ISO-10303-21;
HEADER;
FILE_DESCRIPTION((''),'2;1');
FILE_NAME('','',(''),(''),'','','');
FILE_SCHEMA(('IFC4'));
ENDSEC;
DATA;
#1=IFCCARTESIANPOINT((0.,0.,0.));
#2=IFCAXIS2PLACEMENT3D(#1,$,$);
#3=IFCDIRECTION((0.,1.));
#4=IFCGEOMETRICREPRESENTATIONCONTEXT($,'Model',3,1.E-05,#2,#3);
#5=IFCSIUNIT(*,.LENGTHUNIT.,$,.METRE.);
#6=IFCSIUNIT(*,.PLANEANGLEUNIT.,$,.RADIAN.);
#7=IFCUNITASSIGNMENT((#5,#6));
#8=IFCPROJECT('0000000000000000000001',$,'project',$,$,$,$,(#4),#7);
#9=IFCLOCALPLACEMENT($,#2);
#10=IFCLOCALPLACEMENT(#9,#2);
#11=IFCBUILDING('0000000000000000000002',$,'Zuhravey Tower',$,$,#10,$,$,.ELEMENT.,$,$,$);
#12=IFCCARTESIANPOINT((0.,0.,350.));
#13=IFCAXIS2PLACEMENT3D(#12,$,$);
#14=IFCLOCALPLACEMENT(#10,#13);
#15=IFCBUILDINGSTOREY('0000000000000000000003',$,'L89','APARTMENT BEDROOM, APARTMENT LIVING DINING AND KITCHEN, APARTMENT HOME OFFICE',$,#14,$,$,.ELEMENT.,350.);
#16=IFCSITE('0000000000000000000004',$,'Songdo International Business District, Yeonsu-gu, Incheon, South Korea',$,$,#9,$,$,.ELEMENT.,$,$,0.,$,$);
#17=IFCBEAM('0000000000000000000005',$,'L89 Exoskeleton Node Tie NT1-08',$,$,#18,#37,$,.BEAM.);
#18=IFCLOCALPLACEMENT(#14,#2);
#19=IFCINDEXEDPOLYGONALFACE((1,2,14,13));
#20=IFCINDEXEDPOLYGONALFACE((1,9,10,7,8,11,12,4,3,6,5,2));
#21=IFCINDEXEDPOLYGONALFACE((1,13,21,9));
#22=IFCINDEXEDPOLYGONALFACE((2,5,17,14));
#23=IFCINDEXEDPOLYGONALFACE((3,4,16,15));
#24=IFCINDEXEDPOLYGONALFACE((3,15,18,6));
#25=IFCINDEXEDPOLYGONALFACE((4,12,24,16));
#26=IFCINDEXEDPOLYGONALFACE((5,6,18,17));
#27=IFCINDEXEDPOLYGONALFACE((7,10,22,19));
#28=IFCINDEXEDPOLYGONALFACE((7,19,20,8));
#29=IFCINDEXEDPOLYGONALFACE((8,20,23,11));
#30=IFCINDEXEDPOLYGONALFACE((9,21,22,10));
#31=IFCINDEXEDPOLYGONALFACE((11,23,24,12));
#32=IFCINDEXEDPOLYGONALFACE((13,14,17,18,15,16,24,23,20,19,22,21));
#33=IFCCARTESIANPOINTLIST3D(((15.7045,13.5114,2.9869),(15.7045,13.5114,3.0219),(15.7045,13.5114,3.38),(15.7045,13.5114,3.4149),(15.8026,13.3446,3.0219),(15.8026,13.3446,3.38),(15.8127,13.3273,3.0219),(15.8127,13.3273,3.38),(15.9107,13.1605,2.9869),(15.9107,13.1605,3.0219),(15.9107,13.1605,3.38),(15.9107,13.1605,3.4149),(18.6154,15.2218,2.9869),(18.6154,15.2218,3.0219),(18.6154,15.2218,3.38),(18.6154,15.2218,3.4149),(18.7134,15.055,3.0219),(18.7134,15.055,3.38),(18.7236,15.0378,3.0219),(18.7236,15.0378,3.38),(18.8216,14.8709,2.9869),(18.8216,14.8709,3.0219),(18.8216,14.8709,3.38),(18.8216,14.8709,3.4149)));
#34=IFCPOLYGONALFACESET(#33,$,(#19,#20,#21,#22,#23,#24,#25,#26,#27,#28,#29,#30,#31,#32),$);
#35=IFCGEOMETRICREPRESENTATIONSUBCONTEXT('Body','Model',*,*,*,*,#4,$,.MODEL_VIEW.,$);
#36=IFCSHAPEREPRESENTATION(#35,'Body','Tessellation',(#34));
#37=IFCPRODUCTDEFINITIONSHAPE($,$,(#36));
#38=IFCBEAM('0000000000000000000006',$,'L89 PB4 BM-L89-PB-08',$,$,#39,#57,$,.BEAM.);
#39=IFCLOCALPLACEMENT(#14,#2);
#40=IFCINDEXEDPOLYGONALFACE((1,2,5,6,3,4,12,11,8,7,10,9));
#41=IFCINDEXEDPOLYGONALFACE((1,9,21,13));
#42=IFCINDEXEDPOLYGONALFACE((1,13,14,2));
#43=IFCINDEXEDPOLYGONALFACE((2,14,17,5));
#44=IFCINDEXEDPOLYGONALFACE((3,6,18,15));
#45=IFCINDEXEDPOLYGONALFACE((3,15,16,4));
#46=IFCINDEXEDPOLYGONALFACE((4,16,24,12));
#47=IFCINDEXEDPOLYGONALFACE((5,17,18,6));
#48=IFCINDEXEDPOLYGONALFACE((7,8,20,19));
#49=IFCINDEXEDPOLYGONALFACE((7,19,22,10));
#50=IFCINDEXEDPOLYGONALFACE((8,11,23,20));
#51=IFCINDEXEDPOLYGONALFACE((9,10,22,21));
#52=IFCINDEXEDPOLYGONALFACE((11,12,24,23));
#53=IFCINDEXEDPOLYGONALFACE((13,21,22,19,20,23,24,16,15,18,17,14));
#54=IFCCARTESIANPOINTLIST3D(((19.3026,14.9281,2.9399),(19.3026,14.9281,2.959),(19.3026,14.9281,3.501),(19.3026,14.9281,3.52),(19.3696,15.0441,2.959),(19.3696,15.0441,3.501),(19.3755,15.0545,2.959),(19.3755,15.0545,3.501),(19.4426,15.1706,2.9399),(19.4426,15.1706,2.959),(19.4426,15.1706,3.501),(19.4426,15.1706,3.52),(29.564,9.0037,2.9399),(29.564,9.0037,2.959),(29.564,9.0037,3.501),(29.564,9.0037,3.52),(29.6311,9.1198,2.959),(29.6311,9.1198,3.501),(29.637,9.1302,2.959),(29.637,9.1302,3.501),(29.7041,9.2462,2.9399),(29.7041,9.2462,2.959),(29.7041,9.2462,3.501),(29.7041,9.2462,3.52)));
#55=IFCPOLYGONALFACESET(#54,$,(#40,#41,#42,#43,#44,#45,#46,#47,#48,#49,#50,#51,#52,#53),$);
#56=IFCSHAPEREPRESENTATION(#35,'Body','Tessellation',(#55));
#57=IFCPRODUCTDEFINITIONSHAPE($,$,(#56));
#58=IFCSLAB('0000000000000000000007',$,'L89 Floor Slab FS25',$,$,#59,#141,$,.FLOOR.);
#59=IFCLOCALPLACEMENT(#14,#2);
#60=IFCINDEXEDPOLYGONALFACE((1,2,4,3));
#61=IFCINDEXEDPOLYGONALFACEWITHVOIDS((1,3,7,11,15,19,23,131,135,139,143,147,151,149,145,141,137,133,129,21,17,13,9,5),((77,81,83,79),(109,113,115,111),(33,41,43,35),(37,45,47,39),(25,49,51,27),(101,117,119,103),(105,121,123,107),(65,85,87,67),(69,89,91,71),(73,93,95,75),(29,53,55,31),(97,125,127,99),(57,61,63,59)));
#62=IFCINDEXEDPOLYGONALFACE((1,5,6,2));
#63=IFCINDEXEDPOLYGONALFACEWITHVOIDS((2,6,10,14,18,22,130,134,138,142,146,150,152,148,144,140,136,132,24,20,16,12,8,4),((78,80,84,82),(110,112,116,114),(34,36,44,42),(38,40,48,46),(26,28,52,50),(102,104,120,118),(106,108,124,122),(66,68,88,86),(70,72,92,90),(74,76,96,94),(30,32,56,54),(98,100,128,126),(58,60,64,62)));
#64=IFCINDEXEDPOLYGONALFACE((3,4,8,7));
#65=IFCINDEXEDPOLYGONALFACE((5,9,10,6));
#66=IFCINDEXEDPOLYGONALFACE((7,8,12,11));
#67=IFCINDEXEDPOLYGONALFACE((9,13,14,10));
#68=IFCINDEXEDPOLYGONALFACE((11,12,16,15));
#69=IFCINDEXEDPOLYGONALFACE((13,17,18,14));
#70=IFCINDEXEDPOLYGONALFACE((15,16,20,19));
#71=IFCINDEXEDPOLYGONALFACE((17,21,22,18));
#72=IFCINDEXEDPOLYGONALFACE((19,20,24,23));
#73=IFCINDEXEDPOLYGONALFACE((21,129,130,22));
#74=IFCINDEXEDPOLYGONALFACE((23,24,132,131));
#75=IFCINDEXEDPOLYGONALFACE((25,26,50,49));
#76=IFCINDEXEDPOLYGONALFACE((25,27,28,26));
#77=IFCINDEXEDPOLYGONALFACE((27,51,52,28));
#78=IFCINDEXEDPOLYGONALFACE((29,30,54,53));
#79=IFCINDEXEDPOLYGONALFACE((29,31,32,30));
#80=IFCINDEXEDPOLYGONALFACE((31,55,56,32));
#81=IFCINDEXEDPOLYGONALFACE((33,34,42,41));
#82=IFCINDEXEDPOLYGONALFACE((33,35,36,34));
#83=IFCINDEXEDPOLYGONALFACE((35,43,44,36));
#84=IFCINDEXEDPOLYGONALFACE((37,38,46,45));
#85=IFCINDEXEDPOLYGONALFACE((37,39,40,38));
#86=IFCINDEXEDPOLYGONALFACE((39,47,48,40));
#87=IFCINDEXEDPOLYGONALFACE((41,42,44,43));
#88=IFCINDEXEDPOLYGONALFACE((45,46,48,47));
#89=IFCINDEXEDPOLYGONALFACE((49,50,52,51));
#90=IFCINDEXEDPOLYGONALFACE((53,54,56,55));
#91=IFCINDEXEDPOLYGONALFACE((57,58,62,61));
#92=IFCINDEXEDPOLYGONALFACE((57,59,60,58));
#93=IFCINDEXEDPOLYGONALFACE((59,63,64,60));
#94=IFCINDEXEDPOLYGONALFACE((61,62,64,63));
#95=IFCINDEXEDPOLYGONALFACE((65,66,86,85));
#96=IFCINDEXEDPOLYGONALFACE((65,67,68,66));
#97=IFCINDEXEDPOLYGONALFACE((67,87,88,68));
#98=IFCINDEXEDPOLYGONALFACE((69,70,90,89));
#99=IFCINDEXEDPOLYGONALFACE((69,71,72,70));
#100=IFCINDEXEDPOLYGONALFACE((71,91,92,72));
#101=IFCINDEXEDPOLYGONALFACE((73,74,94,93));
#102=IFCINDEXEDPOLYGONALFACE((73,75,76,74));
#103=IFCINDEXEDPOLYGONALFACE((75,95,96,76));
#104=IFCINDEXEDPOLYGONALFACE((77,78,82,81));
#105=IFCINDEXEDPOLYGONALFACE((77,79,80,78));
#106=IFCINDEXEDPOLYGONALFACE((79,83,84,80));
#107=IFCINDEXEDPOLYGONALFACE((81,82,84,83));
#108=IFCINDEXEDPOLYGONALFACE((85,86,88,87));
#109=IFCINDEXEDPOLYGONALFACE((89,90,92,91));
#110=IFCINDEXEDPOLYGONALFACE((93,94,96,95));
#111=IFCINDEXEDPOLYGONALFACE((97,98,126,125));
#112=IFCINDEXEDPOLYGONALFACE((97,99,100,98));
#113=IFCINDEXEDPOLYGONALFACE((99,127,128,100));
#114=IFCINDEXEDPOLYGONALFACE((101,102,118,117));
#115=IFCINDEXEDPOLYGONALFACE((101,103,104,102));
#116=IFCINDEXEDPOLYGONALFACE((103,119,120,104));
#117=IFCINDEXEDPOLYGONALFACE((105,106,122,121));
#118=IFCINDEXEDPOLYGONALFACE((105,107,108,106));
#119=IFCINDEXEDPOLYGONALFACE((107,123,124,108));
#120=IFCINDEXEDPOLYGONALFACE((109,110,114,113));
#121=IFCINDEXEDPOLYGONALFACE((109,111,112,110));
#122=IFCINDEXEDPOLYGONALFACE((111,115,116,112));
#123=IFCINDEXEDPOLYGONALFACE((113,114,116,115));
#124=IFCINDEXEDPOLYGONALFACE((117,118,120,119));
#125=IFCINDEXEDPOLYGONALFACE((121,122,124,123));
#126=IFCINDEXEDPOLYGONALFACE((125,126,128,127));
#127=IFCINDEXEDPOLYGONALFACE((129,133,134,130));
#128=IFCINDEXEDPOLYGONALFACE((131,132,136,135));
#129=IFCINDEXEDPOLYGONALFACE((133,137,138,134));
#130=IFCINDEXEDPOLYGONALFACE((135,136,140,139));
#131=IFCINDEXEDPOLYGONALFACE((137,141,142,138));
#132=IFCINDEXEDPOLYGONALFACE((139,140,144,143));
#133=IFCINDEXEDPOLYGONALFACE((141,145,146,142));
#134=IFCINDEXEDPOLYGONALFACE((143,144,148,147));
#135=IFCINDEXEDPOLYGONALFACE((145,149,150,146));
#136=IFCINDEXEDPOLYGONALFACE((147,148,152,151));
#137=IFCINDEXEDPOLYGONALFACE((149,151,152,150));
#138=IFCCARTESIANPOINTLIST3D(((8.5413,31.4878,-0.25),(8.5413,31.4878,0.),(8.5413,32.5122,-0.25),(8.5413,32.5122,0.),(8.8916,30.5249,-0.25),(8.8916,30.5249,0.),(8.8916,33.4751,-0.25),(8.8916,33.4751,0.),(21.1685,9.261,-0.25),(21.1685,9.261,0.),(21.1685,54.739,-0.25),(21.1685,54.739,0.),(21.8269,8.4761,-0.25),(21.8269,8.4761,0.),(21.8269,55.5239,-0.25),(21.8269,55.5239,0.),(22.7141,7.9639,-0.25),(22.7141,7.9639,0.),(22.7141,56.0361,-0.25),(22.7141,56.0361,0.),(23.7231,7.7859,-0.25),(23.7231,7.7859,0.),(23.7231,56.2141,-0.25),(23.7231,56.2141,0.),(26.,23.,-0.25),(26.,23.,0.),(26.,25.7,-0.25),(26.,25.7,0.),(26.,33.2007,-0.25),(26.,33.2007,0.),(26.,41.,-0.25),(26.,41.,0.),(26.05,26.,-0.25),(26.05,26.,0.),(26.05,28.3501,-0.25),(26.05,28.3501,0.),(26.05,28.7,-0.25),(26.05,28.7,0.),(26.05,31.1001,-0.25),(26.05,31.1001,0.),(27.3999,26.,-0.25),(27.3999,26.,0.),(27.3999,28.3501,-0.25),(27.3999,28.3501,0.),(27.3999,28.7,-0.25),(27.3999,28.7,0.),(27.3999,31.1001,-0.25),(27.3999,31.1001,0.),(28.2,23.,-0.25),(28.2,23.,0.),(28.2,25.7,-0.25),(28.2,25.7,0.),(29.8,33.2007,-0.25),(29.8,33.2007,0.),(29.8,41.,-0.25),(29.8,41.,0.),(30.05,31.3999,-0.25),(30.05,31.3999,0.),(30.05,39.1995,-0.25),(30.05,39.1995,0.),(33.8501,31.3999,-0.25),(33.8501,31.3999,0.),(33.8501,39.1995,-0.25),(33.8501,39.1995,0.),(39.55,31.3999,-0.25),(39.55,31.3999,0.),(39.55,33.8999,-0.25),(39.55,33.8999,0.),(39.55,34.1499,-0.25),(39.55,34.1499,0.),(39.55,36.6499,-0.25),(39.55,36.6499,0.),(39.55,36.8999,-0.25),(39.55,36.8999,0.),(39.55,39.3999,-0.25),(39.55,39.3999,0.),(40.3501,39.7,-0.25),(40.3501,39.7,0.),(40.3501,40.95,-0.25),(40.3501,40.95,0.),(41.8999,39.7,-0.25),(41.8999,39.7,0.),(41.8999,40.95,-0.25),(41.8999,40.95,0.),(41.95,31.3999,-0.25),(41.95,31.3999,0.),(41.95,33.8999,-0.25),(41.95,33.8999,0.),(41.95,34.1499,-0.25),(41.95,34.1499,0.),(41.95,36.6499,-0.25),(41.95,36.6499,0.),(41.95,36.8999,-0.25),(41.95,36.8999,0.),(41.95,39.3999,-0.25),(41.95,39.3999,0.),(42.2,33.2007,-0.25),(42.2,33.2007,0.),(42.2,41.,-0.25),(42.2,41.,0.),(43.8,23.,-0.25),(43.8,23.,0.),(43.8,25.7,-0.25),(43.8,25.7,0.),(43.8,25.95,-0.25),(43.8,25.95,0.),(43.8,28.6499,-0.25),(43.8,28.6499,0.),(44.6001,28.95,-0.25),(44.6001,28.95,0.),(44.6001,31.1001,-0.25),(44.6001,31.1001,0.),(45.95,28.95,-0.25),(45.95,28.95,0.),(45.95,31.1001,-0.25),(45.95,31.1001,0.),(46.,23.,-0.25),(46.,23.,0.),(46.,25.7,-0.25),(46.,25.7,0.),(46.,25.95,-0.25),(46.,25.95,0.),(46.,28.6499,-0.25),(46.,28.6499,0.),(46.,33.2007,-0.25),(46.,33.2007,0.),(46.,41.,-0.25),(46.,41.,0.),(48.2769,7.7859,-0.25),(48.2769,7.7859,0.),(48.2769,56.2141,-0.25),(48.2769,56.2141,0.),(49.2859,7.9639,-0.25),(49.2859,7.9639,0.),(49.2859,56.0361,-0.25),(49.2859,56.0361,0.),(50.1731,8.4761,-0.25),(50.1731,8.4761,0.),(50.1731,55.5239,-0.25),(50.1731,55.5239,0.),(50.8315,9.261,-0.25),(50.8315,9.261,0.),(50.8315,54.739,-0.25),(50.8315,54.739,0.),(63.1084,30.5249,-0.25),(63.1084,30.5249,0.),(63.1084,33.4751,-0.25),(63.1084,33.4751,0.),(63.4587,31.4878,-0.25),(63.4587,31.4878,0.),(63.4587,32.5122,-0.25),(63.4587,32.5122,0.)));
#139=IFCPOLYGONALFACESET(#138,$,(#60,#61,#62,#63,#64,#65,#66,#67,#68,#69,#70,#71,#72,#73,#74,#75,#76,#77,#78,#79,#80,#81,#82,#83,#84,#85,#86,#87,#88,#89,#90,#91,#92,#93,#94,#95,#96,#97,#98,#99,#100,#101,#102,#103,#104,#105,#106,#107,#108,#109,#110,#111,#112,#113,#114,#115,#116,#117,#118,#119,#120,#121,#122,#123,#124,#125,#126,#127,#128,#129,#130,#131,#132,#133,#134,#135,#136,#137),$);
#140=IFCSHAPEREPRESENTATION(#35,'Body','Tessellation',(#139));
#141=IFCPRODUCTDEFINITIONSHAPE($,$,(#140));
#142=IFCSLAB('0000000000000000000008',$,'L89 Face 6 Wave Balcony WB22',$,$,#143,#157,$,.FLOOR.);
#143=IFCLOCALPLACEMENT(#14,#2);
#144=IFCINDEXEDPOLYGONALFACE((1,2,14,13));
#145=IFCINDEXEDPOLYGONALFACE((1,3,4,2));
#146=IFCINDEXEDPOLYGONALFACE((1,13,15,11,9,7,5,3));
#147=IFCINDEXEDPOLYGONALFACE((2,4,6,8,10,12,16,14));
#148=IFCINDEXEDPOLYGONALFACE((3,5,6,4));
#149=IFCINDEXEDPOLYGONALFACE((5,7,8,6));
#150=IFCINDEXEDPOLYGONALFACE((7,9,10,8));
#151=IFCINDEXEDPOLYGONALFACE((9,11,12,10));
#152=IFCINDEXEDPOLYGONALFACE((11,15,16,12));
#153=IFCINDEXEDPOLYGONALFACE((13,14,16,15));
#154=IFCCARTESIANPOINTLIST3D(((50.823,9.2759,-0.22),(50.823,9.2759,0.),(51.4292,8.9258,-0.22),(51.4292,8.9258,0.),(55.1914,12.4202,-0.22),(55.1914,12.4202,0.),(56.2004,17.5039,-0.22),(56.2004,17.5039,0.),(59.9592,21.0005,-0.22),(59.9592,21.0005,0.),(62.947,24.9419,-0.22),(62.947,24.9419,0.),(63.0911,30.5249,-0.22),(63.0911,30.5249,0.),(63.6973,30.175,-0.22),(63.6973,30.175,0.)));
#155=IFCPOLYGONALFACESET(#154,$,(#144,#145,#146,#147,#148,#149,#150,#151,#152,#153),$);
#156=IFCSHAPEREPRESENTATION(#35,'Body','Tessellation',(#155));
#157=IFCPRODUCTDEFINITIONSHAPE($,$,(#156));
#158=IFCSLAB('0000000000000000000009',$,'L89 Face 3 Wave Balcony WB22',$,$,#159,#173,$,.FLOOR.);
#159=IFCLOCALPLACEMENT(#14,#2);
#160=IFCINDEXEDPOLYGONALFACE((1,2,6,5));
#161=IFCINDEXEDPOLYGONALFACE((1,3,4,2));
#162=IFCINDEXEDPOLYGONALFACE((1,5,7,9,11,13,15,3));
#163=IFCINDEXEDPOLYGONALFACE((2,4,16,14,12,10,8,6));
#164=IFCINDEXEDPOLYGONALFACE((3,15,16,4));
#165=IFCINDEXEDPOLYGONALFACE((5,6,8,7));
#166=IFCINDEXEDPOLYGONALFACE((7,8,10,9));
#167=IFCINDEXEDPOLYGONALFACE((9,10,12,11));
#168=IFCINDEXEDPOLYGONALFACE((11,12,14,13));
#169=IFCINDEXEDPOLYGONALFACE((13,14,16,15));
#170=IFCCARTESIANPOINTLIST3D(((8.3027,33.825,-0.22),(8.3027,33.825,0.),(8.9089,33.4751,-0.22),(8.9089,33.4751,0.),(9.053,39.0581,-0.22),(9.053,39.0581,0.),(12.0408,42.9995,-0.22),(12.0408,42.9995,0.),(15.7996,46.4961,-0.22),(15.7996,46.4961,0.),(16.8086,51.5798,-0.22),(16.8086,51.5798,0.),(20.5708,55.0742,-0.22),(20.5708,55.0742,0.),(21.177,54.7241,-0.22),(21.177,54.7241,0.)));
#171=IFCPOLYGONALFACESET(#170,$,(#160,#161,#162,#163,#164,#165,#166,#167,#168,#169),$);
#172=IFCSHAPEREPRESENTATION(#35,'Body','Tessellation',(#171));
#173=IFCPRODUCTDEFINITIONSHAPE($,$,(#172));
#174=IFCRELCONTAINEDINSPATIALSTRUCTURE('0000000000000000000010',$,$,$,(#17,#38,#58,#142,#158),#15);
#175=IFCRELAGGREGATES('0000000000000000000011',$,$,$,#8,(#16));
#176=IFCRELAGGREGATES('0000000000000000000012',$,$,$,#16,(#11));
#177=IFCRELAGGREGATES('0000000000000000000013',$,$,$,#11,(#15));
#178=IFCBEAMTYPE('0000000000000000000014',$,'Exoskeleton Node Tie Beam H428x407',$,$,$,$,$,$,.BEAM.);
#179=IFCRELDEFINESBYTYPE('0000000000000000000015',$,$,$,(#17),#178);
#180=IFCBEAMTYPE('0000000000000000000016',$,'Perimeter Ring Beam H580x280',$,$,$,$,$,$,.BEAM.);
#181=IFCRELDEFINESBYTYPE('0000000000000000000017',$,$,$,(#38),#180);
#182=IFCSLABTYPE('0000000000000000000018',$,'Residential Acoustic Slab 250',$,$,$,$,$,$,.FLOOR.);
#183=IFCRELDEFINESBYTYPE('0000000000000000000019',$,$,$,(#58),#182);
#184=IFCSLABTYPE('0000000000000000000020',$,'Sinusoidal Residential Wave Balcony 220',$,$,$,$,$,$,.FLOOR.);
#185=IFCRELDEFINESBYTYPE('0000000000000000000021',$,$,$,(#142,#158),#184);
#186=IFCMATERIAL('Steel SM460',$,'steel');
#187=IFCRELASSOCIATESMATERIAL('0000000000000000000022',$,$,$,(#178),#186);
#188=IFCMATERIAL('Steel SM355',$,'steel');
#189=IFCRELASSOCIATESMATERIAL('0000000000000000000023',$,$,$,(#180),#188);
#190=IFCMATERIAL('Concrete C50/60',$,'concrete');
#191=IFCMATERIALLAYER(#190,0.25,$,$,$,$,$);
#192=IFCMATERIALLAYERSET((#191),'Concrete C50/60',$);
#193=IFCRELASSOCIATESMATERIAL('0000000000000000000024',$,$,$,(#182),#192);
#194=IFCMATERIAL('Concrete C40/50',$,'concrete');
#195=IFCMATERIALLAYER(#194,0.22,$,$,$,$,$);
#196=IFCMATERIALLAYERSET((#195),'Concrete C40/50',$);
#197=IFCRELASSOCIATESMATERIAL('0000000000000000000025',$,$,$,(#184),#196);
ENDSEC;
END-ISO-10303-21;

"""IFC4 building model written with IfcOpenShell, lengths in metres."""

from ifc_helpers import new_model, si_unit, direction, frame, origin, origin_2d, place, context, subcontext, project, spatial, polyline, i_section, outline, extrude, material, layer, layer_set, material_profile, profile_set, type_object, element, save


model = new_model("IFC4")

# Units and contexts
model_context = context("Model", 3, precision=1e-05, world=origin(), true_north=direction((0.0, 1.0)))
body_context = subcontext(model_context, "Body", "Model", "MODEL_VIEW")
ifc_project = project(units=[si_unit("LENGTHUNIT", "METRE"), si_unit("PLANEANGLEUNIT", "RADIAN")], contexts=[model_context])

# Site, building, storey
site_placement = place(None, origin())
site = spatial("IfcSite", under=ifc_project, at=site_placement, Name="Songdo International Business District, Yeonsu-gu, Incheon, South Korea", CompositionType="ELEMENT", RefElevation=0.0)
building_placement = place(site_placement, origin())
building = spatial("IfcBuilding", under=site, at=building_placement, Name="Zuhravey Tower", CompositionType="ELEMENT")
storey_placement = place(building_placement, frame((0.0, 0.0, 350.0)))
storey = spatial("IfcBuildingStorey", under=building, at=storey_placement, Name="L89", Description="APARTMENT BEDROOM, APARTMENT LIVING DINING AND KITCHEN, APARTMENT HOME OFFICE", CompositionType="ELEMENT", Elevation=350.0)

# Shared definitions
ifc_material_1 = material(Name="Concrete C50/60", Category="concrete")

# Beams
ifc_material_2 = material(Name="Steel SM460", Category="steel")
ifc_material_profile_1 = material_profile(ifc_material_2, i_section(OverallWidth=0.407, OverallDepth=0.428, WebThickness=0.02, FlangeThickness=0.0349, at=origin_2d()), Name="H-428x407x20x35")
ifc_profile_set_1 = profile_set([ifc_material_profile_1], Name="Steel SM460")
beam_type_1 = type_object("IfcBeamType", Name="Exoskeleton Node Tie Beam H428x407", PredefinedType="BEAM", material=ifc_profile_set_1)
beam_1_placement = place(storey_placement, frame((18.7185, 15.0464, 3.2009), z_axis=(-0.862172, -0.506616, 0.0), x_axis=(0.506616, -0.862172, 0.0)))
element("IfcBeam", 1, at=beam_1_placement, inside=storey, type_object=beam_type_1, Name="L89 Exoskeleton Node Tie NT1-08", PredefinedType="BEAM", context=body_context, shape_type="SweptSolid", body=[
    extrude(i_section(OverallWidth=0.407, OverallDepth=0.428, WebThickness=0.02, FlangeThickness=0.0349, at=origin_2d()), origin(), (0.0, 0.0, 1.0), 3.3762),
])
ifc_material_3 = material(Name="Steel SM355", Category="steel")
ifc_material_profile_2 = material_profile(ifc_material_3, i_section(OverallWidth=0.28, OverallDepth=0.5801, WebThickness=0.012, FlangeThickness=0.019, at=origin_2d()), Name="H-580x280x12x19")
ifc_profile_set_2 = profile_set([ifc_material_profile_2], Name="Steel SM355")
beam_type_2 = type_object("IfcBeamType", Name="Perimeter Ring Beam H580x280", PredefinedType="BEAM", material=ifc_profile_set_2)
beam_2_placement = place(storey_placement, frame((19.3726, 15.0493, 3.23), z_axis=(0.866031, -0.499991, 0.0), x_axis=(0.499991, 0.866031, 0.0)))
element("IfcBeam", 2, at=beam_2_placement, inside=storey, type_object=beam_type_2, Name="L89 PB4 BM-L89-PB-08", PredefinedType="BEAM", context=body_context, shape_type="SweptSolid", body=[
    extrude(i_section(OverallWidth=0.28, OverallDepth=0.5801, WebThickness=0.012, FlangeThickness=0.019, at=origin_2d()), origin(), (0.0, 0.0, 1.0), 11.8489),
])

# Slabs
ifc_layer_1 = layer(ifc_material_1, 0.25)
ifc_layer_set_1 = layer_set([ifc_layer_1], Name="Concrete C50/60")
slab_type_1 = type_object("IfcSlabType", Name="Residential Acoustic Slab 250", PredefinedType="FLOOR", material=ifc_layer_set_1)
slab_1_placement = place(storey_placement, frame((0.0, 0.0, -0.25)))
element("IfcSlab", 3, at=slab_1_placement, inside=storey, type_object=slab_type_1, Name="L89 Floor Slab FS25", PredefinedType="FLOOR", context=body_context, shape_type="SweptSolid", body=[
    extrude(outline(polyline([(63.1084, 30.5249), (63.4587, 31.4878), (63.4587, 32.5122), (63.1084, 33.4751), (50.8315, 54.739), (50.1731, 55.5239), (49.2859, 56.0361), (48.2769, 56.2141), (23.7231, 56.2141), (22.7141, 56.0361), (21.8269, 55.5239), (21.1685, 54.739), (8.8916, 33.4751), (8.5413, 32.5122), (8.5413, 31.4878), (8.8916, 30.5249), (21.1685, 9.261), (21.8269, 8.4761), (22.7141, 7.9639), (23.7231, 7.7859), (48.2769, 7.7859), (49.2859, 7.9639), (50.1731, 8.4761), (50.8315, 9.261), (63.1084, 30.5249)]), holes=[polyline([(29.8, 33.2007), (29.8, 41.0), (26.0, 41.0), (26.0, 33.2007), (29.8, 33.2007)]), polyline([(46.0, 33.2007), (46.0, 41.0), (42.2, 41.0), (42.2, 33.2007), (46.0, 33.2007)]), polyline([(30.05, 39.1995), (30.05, 31.3999), (33.8501, 31.3999), (33.8501, 39.1995), (30.05, 39.1995)]), polyline([(39.55, 31.3999), (41.95, 31.3999), (41.95, 33.8999), (39.55, 33.8999), (39.55, 31.3999)]), polyline([(39.55, 34.1499), (41.95, 34.1499), (41.95, 36.6499), (39.55, 36.6499), (39.55, 34.1499)]), polyline([(39.55, 36.8999), (41.95, 36.8999), (41.95, 39.3999), (39.55, 39.3999), (39.55, 36.8999)]), polyline([(26.0, 23.0), (28.2, 23.0), (28.2, 25.7), (26.0, 25.7), (26.0, 23.0)]), polyline([(43.8, 23.0), (46.0, 23.0), (46.0, 25.7), (43.8, 25.7), (43.8, 23.0)]), polyline([(43.8, 25.95), (46.0, 25.95), (46.0, 28.6499), (43.8, 28.6499), (43.8, 25.95)]), polyline([(26.05, 26.0), (27.3999, 26.0), (27.3999, 28.3501), (26.05, 28.3501), (26.05, 26.0)]), polyline([(26.05, 28.7), (27.3999, 28.7), (27.3999, 31.1001), (26.05, 31.1001), (26.05, 28.7)]), polyline([(44.6001, 28.95), (45.95, 28.95), (45.95, 31.1001), (44.6001, 31.1001), (44.6001, 28.95)]), polyline([(40.3501, 39.7), (41.8999, 39.7), (41.8999, 40.95), (40.3501, 40.95), (40.3501, 39.7)])]), origin(), (0.0, 0.0, 1.0), 0.25),
])
ifc_material_4 = material(Name="Concrete C40/50", Category="concrete")
ifc_layer_2 = layer(ifc_material_4, 0.22)
ifc_layer_set_2 = layer_set([ifc_layer_2], Name="Concrete C40/50")
slab_type_2 = type_object("IfcSlabType", Name="Sinusoidal Residential Wave Balcony 220", PredefinedType="FLOOR", material=ifc_layer_set_2)
slab_2_placement = place(storey_placement, frame((0.0, 0.0, -0.22)))
element("IfcSlab", 4, at=slab_2_placement, inside=storey, type_object=slab_type_2, Name="L89 Face 6 Wave Balcony WB22", PredefinedType="FLOOR", context=body_context, shape_type="SweptSolid", body=[
    extrude(outline(polyline([(50.823, 9.2759), (63.0911, 30.5249), (63.6973, 30.175), (62.947, 24.9419), (59.9592, 21.0005), (56.2004, 17.5039), (55.1914, 12.4202), (51.4292, 8.9258), (50.823, 9.2759)])), origin(), (0.0, 0.0, 1.0), 0.22),
])
slab_3_placement = place(storey_placement, frame((0.0, 0.0, -0.22)))
element("IfcSlab", 5, at=slab_3_placement, inside=storey, type_object=slab_type_2, Name="L89 Face 3 Wave Balcony WB22", PredefinedType="FLOOR", context=body_context, shape_type="SweptSolid", body=[
    extrude(outline(polyline([(21.177, 54.7241), (8.9089, 33.4751), (8.3027, 33.825), (9.053, 39.0581), (12.0408, 42.9995), (15.7996, 46.4961), (16.8086, 51.5798), (20.5708, 55.0742), (21.177, 54.7241)])), origin(), (0.0, 0.0, 1.0), 0.22),
])

save(model, "model.ifc")
